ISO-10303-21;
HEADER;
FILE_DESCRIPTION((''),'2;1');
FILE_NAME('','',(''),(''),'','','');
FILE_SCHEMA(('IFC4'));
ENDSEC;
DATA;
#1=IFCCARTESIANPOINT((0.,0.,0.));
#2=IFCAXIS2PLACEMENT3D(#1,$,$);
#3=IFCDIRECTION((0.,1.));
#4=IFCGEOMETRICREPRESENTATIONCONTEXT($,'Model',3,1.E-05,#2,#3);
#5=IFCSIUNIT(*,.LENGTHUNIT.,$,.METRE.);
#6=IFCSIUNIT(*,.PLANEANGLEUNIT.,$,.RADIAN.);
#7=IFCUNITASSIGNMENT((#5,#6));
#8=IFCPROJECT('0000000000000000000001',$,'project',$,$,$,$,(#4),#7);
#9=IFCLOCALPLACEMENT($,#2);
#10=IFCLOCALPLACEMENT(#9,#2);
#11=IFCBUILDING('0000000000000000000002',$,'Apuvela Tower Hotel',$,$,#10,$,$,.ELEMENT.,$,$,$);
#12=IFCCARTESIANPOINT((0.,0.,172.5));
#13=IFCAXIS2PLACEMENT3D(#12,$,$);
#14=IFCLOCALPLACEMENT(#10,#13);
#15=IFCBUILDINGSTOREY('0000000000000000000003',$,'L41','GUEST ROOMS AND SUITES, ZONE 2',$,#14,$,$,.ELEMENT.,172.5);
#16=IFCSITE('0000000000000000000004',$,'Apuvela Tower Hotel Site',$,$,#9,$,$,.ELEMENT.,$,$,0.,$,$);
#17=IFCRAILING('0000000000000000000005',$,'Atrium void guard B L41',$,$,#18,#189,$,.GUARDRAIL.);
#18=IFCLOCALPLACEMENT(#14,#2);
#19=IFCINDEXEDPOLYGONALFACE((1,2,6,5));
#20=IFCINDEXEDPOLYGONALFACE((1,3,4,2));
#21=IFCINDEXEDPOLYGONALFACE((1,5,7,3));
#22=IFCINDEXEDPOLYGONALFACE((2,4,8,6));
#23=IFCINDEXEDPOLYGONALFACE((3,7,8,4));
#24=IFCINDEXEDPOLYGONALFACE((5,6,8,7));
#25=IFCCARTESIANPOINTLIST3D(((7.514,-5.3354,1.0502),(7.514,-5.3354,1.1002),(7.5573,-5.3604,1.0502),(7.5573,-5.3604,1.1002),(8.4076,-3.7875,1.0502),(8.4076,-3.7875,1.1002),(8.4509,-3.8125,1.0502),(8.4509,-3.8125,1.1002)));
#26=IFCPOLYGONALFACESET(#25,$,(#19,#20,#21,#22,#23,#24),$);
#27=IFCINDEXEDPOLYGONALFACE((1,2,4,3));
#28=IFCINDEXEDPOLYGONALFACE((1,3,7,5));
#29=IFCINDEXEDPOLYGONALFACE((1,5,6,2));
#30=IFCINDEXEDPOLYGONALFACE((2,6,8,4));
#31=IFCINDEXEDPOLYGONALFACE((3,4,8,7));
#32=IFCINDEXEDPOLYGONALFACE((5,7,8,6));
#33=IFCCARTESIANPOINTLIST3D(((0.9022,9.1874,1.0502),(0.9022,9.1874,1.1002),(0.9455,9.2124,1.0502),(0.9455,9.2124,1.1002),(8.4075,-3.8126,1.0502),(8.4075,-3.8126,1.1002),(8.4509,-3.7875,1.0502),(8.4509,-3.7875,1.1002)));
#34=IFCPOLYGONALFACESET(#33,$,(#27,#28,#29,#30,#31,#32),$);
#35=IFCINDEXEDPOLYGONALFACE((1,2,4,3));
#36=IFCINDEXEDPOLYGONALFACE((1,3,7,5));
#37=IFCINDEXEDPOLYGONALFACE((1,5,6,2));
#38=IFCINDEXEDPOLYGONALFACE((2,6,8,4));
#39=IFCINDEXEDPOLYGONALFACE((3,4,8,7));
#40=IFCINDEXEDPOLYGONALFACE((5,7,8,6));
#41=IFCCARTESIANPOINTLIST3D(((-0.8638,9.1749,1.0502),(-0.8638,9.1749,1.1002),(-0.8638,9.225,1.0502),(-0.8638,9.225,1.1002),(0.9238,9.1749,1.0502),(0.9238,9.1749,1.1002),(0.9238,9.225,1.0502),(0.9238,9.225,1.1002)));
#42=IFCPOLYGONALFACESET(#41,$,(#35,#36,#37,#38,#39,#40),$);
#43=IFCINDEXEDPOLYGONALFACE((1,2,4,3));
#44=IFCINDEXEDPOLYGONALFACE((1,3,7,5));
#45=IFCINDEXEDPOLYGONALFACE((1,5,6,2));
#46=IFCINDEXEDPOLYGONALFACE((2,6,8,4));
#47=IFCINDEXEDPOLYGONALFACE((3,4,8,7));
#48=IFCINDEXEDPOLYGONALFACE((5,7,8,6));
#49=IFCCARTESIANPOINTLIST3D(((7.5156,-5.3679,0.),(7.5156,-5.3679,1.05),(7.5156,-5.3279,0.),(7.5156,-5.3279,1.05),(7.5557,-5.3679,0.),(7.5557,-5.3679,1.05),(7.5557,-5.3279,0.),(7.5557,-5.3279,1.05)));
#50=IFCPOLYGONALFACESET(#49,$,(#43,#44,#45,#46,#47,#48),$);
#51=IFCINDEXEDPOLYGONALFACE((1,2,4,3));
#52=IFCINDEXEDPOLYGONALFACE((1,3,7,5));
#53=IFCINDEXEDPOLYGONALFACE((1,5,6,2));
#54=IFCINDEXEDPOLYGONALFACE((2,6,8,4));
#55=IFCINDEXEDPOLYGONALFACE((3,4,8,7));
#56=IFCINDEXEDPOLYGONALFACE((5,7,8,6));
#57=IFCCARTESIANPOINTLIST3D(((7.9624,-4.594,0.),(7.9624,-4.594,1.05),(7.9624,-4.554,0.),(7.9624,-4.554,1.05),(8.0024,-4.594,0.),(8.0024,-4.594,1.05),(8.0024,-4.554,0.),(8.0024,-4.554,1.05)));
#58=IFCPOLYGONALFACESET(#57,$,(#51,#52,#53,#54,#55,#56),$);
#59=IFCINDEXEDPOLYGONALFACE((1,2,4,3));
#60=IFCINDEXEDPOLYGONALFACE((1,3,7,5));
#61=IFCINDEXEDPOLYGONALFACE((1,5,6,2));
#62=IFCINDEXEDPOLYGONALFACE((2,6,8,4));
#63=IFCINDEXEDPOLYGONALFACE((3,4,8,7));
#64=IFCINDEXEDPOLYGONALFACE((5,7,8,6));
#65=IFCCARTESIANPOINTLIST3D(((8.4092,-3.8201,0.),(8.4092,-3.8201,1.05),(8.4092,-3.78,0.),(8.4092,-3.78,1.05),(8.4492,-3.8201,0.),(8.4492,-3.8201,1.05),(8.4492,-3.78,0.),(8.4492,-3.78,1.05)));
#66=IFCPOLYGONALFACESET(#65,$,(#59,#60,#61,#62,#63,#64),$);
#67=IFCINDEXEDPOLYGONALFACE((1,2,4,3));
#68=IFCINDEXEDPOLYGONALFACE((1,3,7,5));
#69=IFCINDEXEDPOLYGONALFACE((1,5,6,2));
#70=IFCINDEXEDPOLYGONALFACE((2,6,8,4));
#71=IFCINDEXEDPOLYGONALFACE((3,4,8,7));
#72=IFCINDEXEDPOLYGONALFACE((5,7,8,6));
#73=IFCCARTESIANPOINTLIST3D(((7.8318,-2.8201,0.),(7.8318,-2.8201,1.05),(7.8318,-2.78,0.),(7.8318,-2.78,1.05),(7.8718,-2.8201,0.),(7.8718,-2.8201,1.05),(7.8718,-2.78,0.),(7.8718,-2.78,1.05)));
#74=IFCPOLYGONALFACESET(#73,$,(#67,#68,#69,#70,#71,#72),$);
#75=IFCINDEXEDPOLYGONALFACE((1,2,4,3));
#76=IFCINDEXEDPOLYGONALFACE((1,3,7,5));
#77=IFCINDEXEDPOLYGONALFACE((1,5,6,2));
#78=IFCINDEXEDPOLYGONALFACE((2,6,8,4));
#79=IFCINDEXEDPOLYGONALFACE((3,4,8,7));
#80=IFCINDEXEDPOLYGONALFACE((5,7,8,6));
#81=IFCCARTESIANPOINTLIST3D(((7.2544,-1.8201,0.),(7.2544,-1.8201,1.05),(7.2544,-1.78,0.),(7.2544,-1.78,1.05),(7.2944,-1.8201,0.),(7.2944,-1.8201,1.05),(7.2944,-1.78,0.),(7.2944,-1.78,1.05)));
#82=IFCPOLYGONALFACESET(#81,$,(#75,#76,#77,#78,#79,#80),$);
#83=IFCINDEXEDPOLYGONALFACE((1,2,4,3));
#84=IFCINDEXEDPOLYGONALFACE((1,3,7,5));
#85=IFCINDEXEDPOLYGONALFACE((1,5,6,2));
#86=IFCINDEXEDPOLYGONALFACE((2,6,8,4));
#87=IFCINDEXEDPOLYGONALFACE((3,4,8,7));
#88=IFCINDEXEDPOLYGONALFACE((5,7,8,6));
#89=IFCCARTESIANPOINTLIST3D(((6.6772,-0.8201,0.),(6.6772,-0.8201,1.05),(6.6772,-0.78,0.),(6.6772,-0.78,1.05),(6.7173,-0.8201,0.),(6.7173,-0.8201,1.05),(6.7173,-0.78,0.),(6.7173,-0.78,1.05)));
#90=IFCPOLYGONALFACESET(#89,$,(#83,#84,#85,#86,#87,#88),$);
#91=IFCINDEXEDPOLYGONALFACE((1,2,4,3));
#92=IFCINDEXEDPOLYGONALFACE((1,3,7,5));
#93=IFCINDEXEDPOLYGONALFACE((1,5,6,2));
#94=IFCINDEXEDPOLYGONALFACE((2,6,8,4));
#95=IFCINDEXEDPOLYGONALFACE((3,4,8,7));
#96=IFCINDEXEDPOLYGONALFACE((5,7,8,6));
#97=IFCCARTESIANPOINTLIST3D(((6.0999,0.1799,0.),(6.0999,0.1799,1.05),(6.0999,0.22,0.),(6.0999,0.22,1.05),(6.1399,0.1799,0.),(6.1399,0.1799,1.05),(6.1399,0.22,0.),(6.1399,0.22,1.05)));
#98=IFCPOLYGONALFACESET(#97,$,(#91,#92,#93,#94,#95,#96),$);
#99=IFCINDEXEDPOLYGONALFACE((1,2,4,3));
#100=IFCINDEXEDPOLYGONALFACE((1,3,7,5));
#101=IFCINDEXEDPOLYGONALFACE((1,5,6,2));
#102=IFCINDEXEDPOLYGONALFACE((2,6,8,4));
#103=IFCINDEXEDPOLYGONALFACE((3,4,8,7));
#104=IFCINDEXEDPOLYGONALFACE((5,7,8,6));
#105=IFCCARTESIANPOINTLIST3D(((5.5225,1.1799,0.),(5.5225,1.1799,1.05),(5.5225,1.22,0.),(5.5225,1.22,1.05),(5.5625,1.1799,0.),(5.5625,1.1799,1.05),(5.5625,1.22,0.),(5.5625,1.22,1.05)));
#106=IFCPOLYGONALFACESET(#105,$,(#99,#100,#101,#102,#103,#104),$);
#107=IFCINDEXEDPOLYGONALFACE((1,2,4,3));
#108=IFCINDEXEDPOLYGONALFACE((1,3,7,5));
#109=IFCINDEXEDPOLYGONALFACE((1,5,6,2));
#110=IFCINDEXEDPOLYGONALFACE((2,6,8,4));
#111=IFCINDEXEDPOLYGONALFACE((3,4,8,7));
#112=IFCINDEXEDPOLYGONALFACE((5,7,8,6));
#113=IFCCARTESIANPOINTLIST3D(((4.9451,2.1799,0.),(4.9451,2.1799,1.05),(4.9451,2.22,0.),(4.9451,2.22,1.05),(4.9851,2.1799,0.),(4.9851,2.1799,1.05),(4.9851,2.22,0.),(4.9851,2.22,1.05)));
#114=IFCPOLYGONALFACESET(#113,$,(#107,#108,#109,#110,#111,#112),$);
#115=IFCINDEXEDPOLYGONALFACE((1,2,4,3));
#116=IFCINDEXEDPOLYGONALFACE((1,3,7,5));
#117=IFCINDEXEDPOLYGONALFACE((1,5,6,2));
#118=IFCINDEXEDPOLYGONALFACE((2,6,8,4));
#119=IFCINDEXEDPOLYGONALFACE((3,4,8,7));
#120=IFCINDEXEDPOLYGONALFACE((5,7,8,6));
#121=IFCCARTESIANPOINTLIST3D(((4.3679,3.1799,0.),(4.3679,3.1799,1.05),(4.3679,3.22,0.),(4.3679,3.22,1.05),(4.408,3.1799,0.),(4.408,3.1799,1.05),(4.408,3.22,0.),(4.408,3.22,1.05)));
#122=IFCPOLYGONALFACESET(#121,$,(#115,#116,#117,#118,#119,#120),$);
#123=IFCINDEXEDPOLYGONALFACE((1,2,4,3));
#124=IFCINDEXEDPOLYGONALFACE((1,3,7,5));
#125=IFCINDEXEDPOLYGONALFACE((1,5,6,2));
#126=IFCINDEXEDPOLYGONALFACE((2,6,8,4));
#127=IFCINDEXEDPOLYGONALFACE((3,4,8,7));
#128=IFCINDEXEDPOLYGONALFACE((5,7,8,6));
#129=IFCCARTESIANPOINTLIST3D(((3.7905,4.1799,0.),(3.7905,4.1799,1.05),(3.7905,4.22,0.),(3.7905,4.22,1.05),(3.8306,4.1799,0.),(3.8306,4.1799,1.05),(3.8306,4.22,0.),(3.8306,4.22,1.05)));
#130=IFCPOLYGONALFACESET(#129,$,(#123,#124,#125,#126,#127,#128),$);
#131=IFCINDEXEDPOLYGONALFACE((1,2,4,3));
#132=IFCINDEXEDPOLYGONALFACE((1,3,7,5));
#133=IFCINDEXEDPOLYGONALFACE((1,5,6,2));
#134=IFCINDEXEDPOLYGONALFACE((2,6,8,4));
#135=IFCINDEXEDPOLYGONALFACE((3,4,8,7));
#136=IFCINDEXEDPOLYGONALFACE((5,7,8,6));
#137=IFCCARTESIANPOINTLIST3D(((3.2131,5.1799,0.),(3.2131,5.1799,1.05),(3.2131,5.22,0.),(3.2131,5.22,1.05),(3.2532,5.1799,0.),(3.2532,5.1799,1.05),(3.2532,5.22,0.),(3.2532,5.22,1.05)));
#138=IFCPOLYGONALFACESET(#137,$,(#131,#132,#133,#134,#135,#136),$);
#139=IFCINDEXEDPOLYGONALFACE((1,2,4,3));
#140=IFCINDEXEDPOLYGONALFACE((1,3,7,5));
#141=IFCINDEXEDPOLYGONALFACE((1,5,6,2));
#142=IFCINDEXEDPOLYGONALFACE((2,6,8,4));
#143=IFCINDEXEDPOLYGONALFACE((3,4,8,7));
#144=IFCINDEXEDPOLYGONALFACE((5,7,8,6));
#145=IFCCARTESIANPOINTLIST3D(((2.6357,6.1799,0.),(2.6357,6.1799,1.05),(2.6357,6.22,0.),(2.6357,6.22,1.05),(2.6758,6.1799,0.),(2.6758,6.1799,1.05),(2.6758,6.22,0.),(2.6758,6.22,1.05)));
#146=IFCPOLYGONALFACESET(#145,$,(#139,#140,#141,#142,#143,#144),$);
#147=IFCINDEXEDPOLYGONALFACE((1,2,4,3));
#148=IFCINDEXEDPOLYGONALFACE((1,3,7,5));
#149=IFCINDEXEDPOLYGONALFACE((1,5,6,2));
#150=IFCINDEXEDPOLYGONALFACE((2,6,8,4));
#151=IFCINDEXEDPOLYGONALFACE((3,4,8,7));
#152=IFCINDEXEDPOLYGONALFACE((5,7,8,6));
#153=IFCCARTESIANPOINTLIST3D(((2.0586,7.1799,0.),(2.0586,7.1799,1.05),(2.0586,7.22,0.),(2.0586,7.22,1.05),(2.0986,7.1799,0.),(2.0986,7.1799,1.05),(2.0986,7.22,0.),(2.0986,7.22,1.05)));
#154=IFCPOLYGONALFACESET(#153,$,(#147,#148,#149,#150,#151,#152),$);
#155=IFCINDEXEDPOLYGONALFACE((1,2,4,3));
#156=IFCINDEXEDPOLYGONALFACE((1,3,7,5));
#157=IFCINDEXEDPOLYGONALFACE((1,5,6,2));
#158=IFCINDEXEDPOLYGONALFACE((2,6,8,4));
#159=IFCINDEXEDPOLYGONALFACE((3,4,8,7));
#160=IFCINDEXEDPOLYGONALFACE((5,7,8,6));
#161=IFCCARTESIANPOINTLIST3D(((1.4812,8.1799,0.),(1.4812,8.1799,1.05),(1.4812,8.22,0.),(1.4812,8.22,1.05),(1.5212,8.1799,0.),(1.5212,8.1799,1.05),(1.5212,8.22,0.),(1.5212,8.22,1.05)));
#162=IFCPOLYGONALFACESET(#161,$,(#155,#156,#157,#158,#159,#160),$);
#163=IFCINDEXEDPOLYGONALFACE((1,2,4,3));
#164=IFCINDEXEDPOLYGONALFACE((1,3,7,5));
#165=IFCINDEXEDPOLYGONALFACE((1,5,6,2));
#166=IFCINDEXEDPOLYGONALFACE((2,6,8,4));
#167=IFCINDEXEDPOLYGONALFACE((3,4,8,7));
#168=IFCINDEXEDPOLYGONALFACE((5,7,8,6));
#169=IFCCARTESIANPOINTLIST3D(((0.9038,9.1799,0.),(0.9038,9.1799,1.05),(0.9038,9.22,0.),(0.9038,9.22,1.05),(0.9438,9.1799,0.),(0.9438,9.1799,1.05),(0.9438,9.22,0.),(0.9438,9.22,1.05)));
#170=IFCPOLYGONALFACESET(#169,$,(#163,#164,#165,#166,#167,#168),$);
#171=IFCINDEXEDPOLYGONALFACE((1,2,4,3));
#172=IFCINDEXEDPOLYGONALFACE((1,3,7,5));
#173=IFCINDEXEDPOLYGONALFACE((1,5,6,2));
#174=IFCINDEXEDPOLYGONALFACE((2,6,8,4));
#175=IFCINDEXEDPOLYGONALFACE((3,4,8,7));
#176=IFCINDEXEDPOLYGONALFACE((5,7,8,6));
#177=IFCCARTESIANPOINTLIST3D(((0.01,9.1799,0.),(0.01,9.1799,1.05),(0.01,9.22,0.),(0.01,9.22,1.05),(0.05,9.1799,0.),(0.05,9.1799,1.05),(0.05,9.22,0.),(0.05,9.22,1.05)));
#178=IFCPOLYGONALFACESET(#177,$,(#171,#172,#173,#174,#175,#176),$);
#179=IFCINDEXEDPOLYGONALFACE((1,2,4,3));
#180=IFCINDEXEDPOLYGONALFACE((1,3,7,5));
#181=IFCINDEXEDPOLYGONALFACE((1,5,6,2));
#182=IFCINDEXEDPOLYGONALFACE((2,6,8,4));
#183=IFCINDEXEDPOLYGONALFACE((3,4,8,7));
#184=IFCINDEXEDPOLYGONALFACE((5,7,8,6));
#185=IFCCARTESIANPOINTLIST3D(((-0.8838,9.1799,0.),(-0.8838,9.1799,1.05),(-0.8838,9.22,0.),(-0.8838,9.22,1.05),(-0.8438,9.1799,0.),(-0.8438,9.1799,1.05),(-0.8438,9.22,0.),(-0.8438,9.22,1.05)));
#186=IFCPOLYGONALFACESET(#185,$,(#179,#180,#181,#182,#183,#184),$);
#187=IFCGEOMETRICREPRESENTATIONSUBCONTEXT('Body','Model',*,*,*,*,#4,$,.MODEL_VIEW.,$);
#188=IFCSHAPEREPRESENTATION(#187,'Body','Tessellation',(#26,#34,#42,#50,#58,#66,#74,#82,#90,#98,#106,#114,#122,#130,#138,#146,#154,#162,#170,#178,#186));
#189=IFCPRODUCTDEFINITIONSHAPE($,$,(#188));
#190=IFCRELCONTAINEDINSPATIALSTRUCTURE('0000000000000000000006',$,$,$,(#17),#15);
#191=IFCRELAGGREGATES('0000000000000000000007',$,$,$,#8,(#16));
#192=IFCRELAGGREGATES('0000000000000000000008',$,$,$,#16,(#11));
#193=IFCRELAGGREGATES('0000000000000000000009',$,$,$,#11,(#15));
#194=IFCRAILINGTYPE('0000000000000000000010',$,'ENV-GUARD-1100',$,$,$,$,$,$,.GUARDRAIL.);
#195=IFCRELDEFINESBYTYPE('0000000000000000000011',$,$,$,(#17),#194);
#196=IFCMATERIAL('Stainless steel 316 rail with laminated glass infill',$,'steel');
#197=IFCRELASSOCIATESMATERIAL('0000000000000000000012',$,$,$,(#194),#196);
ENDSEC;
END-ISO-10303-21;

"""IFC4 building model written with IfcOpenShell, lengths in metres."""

from ifc_helpers import new_model, si_unit, direction, frame, origin, origin_2d, place, context, subcontext, project, spatial, rectangle, extrude, material, type_object, element, save


model = new_model("IFC4")

# Units and contexts
model_context = context("Model", 3, precision=1e-05, world=origin(), true_north=direction((0.0, 1.0)))
body_context = subcontext(model_context, "Body", "Model", "MODEL_VIEW")
ifc_project = project(units=[si_unit("LENGTHUNIT", "METRE"), si_unit("PLANEANGLEUNIT", "RADIAN")], contexts=[model_context])

# Site, building, storey
site_placement = place(None, origin())
site = spatial("IfcSite", under=ifc_project, at=site_placement, Name="Apuvela Tower Hotel Site", CompositionType="ELEMENT", RefElevation=0.0)
building_placement = place(site_placement, origin())
building = spatial("IfcBuilding", under=site, at=building_placement, Name="Apuvela Tower Hotel", CompositionType="ELEMENT")
storey_placement = place(building_placement, frame((0.0, 0.0, 172.5)))
storey = spatial("IfcBuildingStorey", under=building, at=storey_placement, Name="L41", Description="GUEST ROOMS AND SUITES, ZONE 2", CompositionType="ELEMENT", Elevation=172.5)

# Railing
ifc_material_1 = material(Name="Stainless steel 316 rail with laminated glass infill", Category="steel")
railing_type_1 = type_object("IfcRailingType", Name="ENV-GUARD-1100", PredefinedType="GUARDRAIL", material=ifc_material_1)
railing_1_placement = place(storey_placement, frame((7.5356, -5.3479, 0.0)))
element("IfcRailing", 1, at=railing_1_placement, inside=storey, type_object=railing_type_1, Name="Atrium void guard B L41", PredefinedType="GUARDRAIL", context=body_context, shape_type="SweptSolid", body=[
    extrude(rectangle(XDim=0.05, YDim=0.05, at=origin_2d()), frame((0.0, 0.0, 1.0752), z_axis=(0.499959, 0.866049, 0.0), x_axis=(-0.866049, 0.499959, 0.0)), (0.0, 0.0, 1.0), 1.7874),
    extrude(rectangle(XDim=0.05, YDim=0.05, at=origin_2d()), frame((0.8936, 1.5479, 1.0752), z_axis=(-0.499991, 0.866031, 0.0), x_axis=(-0.866031, -0.499991, 0.0)), (0.0, 0.0, 1.0), 15.011),
    extrude(rectangle(XDim=0.05, YDim=0.05, at=origin_2d()), frame((-6.6118, 14.5479, 1.0752), z_axis=(-1.0, 0.0, 0.0), x_axis=(0.0, -1.0, 0.0)), (0.0, 0.0, 1.0), 1.7876),
    extrude(rectangle(XDim=0.04, YDim=0.04, at=origin_2d()), origin(), (0.0, 0.0, 1.0), 1.05),
    extrude(rectangle(XDim=0.04, YDim=0.04, at=origin_2d()), frame((0.4468, 0.7739, 0.0)), (0.0, 0.0, 1.0), 1.05),
    extrude(rectangle(XDim=0.04, YDim=0.04, at=origin_2d()), frame((0.8936, 1.5479, 0.0)), (0.0, 0.0, 1.0), 1.05),
    extrude(rectangle(XDim=0.04, YDim=0.04, at=origin_2d()), frame((0.3162, 2.5479, 0.0)), (0.0, 0.0, 1.0), 1.05),
    extrude(rectangle(XDim=0.04, YDim=0.04, at=origin_2d()), frame((-0.2612, 3.5479, 0.0)), (0.0, 0.0, 1.0), 1.05),
    extrude(rectangle(XDim=0.04, YDim=0.04, at=origin_2d()), frame((-0.8384, 4.5479, 0.0)), (0.0, 0.0, 1.0), 1.05),
    extrude(rectangle(XDim=0.04, YDim=0.04, at=origin_2d()), frame((-1.4158, 5.5479, 0.0)), (0.0, 0.0, 1.0), 1.05),
    extrude(rectangle(XDim=0.04, YDim=0.04, at=origin_2d()), frame((-1.9932, 6.5479, 0.0)), (0.0, 0.0, 1.0), 1.05),
    extrude(rectangle(XDim=0.04, YDim=0.04, at=origin_2d()), frame((-2.5706, 7.5479, 0.0)), (0.0, 0.0, 1.0), 1.05),
    extrude(rectangle(XDim=0.04, YDim=0.04, at=origin_2d()), frame((-3.1477, 8.5479, 0.0)), (0.0, 0.0, 1.0), 1.05),
    extrude(rectangle(XDim=0.04, YDim=0.04, at=origin_2d()), frame((-3.7251, 9.5479, 0.0)), (0.0, 0.0, 1.0), 1.05),
    extrude(rectangle(XDim=0.04, YDim=0.04, at=origin_2d()), frame((-4.3025, 10.5479, 0.0)), (0.0, 0.0, 1.0), 1.05),
    extrude(rectangle(XDim=0.04, YDim=0.04, at=origin_2d()), frame((-4.8799, 11.5479, 0.0)), (0.0, 0.0, 1.0), 1.05),
    extrude(rectangle(XDim=0.04, YDim=0.04, at=origin_2d()), frame((-5.457, 12.5479, 0.0)), (0.0, 0.0, 1.0), 1.05),
    extrude(rectangle(XDim=0.04, YDim=0.04, at=origin_2d()), frame((-6.0344, 13.5479, 0.0)), (0.0, 0.0, 1.0), 1.05),
    extrude(rectangle(XDim=0.04, YDim=0.04, at=origin_2d()), frame((-6.6118, 14.5479, 0.0)), (0.0, 0.0, 1.0), 1.05),
    extrude(rectangle(XDim=0.04, YDim=0.04, at=origin_2d()), frame((-7.5056, 14.5479, 0.0)), (0.0, 0.0, 1.0), 1.05),
    extrude(rectangle(XDim=0.04, YDim=0.04, at=origin_2d()), frame((-8.3994, 14.5479, 0.0)), (0.0, 0.0, 1.0), 1.05),
])

save(model, "model.ifc")
